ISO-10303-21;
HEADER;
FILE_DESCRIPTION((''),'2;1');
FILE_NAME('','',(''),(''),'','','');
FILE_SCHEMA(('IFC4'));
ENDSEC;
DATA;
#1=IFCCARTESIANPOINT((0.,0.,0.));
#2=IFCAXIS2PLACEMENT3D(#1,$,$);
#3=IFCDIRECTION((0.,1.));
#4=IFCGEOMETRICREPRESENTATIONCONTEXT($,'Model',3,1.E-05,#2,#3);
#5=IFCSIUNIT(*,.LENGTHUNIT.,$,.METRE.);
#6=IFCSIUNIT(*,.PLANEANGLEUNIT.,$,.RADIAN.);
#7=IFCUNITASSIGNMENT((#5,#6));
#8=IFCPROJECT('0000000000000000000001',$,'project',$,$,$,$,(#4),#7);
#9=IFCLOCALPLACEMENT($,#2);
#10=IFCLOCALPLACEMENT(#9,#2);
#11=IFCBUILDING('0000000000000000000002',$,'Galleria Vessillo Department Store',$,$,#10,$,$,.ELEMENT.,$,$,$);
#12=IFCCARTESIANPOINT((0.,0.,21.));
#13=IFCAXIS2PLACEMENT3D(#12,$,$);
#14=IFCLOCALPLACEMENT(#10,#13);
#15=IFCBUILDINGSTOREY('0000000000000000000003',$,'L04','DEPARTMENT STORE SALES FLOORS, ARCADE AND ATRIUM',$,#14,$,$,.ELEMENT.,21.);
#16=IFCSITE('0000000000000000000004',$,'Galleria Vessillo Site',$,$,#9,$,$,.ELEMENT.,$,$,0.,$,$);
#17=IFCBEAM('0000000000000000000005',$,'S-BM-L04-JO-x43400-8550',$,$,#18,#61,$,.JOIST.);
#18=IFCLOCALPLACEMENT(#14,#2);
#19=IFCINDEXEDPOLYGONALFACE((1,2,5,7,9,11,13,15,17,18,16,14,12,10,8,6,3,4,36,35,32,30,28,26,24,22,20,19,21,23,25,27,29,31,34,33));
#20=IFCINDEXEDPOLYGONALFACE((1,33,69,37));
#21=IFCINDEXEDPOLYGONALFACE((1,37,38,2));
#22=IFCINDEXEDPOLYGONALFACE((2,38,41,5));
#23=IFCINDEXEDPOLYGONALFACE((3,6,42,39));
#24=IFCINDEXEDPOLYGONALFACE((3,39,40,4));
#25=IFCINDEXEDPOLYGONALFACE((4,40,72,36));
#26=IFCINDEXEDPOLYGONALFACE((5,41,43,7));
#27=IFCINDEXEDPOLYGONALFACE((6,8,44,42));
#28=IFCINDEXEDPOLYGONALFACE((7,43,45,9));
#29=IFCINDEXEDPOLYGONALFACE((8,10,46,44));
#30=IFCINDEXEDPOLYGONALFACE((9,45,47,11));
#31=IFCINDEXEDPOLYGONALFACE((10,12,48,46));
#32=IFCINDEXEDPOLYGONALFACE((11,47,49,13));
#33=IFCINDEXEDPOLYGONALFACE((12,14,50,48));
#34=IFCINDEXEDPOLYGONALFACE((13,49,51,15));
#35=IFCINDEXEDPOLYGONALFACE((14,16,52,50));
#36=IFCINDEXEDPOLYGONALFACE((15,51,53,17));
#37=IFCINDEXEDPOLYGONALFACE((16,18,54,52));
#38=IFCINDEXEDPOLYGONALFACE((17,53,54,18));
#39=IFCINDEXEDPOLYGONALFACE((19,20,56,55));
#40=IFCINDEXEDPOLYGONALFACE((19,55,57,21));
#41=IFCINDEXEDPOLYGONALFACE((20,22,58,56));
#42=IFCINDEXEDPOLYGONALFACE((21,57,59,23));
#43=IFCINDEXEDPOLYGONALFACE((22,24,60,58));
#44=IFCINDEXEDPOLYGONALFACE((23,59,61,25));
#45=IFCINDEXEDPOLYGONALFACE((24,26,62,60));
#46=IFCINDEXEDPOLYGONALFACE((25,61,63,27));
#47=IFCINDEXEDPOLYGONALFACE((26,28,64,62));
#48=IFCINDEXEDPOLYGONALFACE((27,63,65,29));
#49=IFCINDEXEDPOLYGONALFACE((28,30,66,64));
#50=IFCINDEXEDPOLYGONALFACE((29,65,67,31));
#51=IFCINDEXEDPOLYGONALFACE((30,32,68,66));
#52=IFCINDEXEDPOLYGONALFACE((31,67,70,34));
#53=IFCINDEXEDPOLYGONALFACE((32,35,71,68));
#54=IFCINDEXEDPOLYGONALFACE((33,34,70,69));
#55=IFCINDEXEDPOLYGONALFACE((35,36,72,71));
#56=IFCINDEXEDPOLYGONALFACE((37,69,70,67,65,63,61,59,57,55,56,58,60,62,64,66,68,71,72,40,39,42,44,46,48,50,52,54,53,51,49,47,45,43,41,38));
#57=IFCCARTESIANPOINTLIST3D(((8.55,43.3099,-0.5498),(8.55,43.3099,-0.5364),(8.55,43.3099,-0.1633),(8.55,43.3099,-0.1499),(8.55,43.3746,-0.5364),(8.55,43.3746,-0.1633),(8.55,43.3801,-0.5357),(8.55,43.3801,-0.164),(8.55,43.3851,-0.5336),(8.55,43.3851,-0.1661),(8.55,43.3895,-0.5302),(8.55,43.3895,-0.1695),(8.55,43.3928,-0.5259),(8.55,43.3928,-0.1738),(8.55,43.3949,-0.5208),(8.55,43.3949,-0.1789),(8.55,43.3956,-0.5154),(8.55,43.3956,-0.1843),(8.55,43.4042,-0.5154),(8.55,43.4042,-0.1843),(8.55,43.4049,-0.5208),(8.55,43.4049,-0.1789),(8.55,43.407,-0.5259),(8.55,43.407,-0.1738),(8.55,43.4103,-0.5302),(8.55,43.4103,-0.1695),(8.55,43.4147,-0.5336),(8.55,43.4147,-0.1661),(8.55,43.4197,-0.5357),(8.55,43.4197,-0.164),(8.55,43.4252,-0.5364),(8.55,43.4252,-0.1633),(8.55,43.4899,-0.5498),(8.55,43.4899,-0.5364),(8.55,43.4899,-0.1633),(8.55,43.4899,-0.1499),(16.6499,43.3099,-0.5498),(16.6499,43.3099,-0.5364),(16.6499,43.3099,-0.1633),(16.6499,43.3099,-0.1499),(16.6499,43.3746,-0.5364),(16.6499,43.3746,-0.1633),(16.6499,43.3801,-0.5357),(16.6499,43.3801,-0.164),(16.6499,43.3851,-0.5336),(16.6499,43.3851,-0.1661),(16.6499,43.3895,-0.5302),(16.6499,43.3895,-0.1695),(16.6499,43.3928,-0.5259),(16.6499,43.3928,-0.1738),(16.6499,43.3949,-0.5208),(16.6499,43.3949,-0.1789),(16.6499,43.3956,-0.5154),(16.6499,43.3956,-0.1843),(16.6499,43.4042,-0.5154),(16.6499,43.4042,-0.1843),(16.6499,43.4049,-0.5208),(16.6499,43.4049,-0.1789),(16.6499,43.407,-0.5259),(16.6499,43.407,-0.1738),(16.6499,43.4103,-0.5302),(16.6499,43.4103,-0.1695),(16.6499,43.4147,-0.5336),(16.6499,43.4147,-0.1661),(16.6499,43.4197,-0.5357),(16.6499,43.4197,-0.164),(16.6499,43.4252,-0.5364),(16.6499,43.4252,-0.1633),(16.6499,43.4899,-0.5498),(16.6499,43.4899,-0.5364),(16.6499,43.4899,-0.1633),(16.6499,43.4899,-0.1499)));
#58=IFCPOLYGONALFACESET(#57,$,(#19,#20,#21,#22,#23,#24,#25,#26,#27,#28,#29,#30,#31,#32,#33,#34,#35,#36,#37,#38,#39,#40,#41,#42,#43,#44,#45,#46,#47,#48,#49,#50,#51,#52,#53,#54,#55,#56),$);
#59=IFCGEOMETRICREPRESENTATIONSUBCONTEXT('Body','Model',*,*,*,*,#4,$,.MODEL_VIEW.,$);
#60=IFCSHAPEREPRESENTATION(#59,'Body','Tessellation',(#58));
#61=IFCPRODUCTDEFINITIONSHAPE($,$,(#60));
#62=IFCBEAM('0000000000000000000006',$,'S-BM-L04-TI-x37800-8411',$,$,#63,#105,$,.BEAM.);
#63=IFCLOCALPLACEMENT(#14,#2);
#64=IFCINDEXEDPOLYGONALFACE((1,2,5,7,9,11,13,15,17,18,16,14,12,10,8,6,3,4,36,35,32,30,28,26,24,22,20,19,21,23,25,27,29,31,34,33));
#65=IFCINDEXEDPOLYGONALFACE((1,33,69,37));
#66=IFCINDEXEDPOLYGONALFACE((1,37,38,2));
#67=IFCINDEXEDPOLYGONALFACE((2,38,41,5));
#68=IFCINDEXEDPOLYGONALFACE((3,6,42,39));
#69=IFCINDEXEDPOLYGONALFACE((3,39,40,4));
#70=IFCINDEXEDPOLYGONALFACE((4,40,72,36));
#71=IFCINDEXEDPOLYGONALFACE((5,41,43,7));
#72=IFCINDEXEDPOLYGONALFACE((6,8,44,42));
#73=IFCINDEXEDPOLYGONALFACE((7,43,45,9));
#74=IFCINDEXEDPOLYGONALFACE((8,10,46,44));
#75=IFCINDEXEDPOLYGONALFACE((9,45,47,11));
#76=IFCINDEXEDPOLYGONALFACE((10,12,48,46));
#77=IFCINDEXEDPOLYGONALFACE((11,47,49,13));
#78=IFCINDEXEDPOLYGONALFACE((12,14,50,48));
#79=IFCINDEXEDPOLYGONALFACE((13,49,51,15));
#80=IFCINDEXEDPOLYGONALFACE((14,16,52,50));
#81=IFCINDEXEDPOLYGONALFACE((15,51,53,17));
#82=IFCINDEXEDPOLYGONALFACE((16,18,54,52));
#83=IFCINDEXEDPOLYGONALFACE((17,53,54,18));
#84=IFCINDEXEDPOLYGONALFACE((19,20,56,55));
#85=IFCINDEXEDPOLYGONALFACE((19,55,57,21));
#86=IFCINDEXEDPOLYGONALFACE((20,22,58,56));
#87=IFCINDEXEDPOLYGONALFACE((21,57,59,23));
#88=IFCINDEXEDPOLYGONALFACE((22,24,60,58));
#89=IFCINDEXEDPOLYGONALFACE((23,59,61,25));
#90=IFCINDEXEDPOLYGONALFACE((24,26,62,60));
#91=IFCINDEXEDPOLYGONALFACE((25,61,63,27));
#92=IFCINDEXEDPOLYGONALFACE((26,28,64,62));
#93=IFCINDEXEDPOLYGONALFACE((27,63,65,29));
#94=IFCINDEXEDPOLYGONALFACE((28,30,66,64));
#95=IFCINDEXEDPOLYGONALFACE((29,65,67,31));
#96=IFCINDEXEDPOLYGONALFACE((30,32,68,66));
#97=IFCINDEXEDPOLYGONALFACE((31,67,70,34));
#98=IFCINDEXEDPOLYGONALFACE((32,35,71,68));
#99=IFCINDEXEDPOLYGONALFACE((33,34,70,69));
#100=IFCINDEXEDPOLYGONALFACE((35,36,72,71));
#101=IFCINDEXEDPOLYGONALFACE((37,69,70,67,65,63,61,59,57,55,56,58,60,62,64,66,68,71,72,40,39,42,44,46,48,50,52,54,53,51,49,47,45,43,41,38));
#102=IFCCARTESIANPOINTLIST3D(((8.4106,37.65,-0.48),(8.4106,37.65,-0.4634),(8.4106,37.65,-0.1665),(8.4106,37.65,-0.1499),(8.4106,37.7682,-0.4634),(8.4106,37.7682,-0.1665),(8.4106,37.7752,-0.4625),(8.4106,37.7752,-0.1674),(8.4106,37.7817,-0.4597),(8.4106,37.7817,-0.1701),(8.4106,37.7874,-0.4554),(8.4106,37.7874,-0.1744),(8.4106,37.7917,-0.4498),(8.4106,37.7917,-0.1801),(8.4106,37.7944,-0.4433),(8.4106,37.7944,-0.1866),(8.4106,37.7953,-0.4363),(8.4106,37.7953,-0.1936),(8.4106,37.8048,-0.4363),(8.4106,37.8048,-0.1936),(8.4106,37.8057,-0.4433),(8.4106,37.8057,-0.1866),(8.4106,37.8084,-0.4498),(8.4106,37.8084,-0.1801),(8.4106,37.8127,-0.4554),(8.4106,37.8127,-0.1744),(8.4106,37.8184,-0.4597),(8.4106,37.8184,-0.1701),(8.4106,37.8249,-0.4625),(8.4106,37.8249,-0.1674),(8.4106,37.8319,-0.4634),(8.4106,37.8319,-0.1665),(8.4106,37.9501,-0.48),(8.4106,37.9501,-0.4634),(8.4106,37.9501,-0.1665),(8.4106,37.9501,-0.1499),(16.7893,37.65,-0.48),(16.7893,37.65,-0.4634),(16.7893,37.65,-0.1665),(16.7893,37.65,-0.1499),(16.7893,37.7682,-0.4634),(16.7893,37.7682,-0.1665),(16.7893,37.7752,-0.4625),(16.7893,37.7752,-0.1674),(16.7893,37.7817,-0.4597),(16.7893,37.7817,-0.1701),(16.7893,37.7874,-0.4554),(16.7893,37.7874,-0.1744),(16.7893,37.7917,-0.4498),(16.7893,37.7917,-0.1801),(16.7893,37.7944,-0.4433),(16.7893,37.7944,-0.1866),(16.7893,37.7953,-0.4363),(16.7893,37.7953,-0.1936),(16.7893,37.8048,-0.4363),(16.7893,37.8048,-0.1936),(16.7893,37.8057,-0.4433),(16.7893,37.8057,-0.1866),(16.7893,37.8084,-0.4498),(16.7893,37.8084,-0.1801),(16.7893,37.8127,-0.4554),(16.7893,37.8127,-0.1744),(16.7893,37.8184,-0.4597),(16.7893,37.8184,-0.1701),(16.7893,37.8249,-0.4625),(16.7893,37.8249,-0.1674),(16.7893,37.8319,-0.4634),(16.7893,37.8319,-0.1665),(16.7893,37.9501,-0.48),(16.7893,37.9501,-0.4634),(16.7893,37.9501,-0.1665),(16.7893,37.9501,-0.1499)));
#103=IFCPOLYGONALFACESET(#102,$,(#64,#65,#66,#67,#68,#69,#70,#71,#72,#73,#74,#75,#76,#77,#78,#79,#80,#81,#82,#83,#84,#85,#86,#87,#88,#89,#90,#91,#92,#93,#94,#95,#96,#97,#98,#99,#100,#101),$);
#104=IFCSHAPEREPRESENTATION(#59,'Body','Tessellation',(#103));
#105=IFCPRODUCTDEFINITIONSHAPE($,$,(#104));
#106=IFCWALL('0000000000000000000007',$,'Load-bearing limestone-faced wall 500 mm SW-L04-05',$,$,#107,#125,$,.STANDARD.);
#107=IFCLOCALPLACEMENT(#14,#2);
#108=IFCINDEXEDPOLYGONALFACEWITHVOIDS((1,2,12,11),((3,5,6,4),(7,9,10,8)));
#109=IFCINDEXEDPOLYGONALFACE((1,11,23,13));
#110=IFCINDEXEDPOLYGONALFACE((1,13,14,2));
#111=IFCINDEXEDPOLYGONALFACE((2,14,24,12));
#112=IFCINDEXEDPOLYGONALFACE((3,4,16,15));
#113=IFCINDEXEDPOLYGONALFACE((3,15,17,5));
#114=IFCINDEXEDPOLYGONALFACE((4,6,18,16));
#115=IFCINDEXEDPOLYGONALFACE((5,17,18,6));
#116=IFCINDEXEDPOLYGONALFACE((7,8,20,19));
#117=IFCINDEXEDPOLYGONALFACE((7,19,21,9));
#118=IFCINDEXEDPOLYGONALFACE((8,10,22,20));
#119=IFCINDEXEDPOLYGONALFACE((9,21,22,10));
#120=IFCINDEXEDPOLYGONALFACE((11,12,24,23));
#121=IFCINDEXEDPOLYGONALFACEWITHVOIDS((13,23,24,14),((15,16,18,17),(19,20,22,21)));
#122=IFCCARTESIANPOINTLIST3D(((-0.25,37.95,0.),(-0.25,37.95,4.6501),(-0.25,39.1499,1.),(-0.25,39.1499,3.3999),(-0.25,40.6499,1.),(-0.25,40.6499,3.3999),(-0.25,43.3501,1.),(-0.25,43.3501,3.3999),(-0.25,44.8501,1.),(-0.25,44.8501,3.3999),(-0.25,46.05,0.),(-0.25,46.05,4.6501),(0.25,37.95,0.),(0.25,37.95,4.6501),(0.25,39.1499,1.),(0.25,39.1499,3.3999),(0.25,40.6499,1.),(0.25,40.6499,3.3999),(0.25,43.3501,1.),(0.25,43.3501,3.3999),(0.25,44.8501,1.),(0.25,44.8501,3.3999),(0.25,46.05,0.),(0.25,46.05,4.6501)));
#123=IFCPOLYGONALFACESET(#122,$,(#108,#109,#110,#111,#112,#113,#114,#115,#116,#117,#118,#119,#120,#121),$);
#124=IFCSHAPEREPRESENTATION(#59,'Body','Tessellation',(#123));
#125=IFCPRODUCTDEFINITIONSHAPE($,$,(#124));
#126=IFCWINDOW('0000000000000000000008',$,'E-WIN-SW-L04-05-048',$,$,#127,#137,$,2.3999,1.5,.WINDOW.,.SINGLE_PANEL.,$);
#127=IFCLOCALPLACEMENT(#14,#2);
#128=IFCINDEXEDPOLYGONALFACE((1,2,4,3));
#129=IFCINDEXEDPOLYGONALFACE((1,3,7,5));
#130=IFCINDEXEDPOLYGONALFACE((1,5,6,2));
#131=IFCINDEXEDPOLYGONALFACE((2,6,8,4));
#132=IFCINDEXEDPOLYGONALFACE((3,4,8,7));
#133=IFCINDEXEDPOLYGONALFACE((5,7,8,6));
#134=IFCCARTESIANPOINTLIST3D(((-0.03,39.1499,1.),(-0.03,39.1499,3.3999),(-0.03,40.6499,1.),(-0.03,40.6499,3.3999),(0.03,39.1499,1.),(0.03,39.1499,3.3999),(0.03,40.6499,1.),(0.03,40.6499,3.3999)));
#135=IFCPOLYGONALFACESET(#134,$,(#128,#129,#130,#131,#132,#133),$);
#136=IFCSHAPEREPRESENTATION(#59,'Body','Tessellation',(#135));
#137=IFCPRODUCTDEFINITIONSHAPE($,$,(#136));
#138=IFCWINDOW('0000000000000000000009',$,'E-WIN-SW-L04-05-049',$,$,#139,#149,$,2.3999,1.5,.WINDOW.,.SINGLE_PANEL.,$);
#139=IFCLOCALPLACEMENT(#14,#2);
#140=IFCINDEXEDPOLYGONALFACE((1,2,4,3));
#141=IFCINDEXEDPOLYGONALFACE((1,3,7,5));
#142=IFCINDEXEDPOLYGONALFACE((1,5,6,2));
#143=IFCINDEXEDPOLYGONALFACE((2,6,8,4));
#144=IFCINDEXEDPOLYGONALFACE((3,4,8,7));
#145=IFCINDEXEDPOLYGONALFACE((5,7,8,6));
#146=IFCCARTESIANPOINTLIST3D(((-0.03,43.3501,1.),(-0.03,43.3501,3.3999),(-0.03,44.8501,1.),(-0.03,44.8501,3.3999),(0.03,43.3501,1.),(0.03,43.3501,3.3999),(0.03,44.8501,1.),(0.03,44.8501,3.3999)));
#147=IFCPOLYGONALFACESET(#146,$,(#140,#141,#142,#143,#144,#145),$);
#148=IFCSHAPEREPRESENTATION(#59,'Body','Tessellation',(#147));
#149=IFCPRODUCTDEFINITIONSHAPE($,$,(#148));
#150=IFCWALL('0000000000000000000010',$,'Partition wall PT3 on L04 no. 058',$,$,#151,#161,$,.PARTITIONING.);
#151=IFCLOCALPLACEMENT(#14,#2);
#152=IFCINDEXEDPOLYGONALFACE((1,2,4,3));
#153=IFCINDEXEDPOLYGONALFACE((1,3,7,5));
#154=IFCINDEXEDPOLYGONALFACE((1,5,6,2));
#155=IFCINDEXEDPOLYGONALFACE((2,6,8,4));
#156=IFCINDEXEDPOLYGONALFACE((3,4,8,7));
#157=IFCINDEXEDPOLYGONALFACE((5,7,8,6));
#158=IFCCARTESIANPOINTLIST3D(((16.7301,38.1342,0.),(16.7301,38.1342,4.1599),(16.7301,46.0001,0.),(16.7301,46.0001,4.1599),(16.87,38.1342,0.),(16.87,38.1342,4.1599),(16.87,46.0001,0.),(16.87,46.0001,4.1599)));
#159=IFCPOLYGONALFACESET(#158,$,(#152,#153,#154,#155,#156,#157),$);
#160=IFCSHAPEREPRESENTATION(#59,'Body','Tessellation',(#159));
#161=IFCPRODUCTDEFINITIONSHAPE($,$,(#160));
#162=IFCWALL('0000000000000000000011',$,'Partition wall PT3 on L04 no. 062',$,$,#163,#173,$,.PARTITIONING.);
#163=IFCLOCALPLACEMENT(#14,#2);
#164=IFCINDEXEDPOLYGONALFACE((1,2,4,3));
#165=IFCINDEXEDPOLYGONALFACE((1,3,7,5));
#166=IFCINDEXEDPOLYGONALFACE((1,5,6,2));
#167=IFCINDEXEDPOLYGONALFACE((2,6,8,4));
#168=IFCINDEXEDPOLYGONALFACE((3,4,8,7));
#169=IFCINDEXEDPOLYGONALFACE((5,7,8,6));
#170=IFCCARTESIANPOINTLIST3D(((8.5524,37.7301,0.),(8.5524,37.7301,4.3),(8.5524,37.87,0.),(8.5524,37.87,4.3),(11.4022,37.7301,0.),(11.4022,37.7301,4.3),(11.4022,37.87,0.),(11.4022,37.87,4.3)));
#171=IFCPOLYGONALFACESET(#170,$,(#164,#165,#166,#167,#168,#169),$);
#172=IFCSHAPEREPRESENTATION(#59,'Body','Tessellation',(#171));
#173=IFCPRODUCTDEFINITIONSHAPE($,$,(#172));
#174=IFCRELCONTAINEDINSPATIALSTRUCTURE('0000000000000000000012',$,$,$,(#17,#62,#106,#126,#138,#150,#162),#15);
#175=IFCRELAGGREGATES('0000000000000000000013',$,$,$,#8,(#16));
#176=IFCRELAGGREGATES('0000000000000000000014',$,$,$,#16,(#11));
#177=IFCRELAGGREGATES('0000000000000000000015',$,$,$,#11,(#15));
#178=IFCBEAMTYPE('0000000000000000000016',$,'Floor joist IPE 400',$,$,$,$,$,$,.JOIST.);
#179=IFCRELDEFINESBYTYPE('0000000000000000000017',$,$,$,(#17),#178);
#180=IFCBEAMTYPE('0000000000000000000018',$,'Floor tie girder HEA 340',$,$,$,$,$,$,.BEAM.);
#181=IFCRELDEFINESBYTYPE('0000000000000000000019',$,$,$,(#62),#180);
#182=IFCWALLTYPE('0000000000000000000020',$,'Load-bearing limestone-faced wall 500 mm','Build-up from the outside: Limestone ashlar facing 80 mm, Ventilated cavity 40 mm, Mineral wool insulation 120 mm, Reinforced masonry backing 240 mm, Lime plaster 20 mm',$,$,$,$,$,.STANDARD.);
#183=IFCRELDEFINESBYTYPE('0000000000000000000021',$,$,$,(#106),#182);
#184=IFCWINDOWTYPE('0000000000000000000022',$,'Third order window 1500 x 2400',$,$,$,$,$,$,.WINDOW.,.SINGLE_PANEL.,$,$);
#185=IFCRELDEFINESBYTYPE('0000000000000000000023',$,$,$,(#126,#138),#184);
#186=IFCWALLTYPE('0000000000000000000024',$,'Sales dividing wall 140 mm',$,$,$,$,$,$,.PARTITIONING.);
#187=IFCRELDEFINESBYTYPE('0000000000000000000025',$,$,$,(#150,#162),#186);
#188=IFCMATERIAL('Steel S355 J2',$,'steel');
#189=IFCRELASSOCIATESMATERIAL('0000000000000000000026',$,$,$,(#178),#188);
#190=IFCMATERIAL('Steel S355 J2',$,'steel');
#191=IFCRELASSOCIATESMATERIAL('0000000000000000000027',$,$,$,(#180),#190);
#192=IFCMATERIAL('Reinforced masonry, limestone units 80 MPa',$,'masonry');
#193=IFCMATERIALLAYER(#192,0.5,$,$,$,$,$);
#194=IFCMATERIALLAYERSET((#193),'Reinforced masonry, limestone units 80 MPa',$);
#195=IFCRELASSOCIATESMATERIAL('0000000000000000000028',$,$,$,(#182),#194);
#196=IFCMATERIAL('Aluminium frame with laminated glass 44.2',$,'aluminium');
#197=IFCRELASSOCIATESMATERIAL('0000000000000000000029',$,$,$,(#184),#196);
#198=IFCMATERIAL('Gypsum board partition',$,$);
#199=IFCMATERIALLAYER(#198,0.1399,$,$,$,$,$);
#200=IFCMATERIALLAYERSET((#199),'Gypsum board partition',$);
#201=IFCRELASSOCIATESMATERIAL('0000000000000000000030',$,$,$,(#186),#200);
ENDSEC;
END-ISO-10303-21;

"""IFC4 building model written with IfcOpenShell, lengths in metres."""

from ifc_helpers import new_model, si_unit, direction, frame, frame_2d, origin, origin_2d, place, context, subcontext, project, spatial, rectangle, i_section, extrude, material, layer, layer_set, material_profile, profile_set, type_object, element, fill, save


model = new_model("IFC4")

# Units and contexts
model_context = context("Model", 3, precision=1e-05, world=origin(), true_north=direction((0.0, 1.0)))
body_context = subcontext(model_context, "Body", "Model", "MODEL_VIEW")
ifc_project = project(units=[si_unit("LENGTHUNIT", "METRE"), si_unit("PLANEANGLEUNIT", "RADIAN")], contexts=[model_context])

# Site, building, storey
site_placement = place(None, origin())
site = spatial("IfcSite", under=ifc_project, at=site_placement, Name="Galleria Vessillo Site", CompositionType="ELEMENT", RefElevation=0.0)
building_placement = place(site_placement, origin())
building = spatial("IfcBuilding", under=site, at=building_placement, Name="Galleria Vessillo Department Store", CompositionType="ELEMENT")
storey_placement = place(building_placement, frame((0.0, 0.0, 21.0)))
storey = spatial("IfcBuildingStorey", under=building, at=storey_placement, Name="L04", Description="DEPARTMENT STORE SALES FLOORS, ARCADE AND ATRIUM", CompositionType="ELEMENT", Elevation=21.0)

# Beams
ifc_material_1 = material(Name="Steel S355 J2", Category="steel")
ifc_material_profile_1 = material_profile(ifc_material_1, i_section(OverallWidth=0.1799, OverallDepth=0.3999, WebThickness=0.0085, FlangeThickness=0.0134, FilletRadius=0.021, at=origin_2d()), Name="IPE 400")
ifc_profile_set_1 = profile_set([ifc_material_profile_1], Name="Steel S355 J2")
beam_type_1 = type_object("IfcBeamType", Name="Floor joist IPE 400", PredefinedType="JOIST", material=ifc_profile_set_1)
for number, where, z_axis, x_axis, name in (
    (1, (8.55, 43.3999, -0.3499), (1.0, 0.0, 0.0), (0.0, 1.0, 0.0), "S-BM-L04-JO-x43400-8550"),
):
    element("IfcBeam", number, at=place(storey_placement, frame(where, z_axis=z_axis, x_axis=x_axis)), inside=storey, type_object=beam_type_1, Name=name, PredefinedType="JOIST", context=body_context, shape_type="SweptSolid", body=[
        extrude(i_section(OverallWidth=0.1799, OverallDepth=0.3999, WebThickness=0.0085, FlangeThickness=0.0134, FilletRadius=0.021, at=origin_2d()), origin(), (0.0, 0.0, 1.0), 8.0999),
    ])
ifc_material_2 = material(Name="Steel S355 J2", Category="steel")
ifc_material_profile_2 = material_profile(ifc_material_2, i_section(OverallWidth=0.3, OverallDepth=0.3301, WebThickness=0.0095, FlangeThickness=0.0166, FilletRadius=0.0271, at=origin_2d()), Name="HEA 340")
ifc_profile_set_2 = profile_set([ifc_material_profile_2], Name="Steel S355 J2")
beam_type_2 = type_object("IfcBeamType", Name="Floor tie girder HEA 340", PredefinedType="BEAM", material=ifc_profile_set_2)
beam_placement = place(storey_placement, frame((8.4106, 37.8, -0.3149), z_axis=(1.0, 0.0, 0.0), x_axis=(0.0, 1.0, 0.0)))
element("IfcBeam", 2, at=beam_placement, inside=storey, type_object=beam_type_2, Name="S-BM-L04-TI-x37800-8411", PredefinedType="BEAM", context=body_context, shape_type="SweptSolid", body=[
    extrude(i_section(OverallWidth=0.3, OverallDepth=0.3301, WebThickness=0.0095, FlangeThickness=0.0166, FilletRadius=0.0271, at=origin_2d()), origin(), (0.0, 0.0, 1.0), 8.3787),
])

# Wall, openings, windows
ifc_material_3 = material(Name="Reinforced masonry, limestone units 80 MPa", Category="masonry")
ifc_layer_1 = layer(ifc_material_3, 0.5)
ifc_layer_set_1 = layer_set([ifc_layer_1], Name="Reinforced masonry, limestone units 80 MPa")
wall_type_1 = type_object("IfcWallType", Name="Load-bearing limestone-faced wall 500 mm", Description="Build-up from the outside: Limestone ashlar facing 80 mm, Ventilated cavity 40 mm, Mineral wool insulation 120 mm, Reinforced masonry backing 240 mm, Lime plaster 20 mm", PredefinedType="STANDARD", material=ifc_layer_set_1)
wall_1_placement = place(storey_placement, frame((0.0, 37.95, 0.0), z_axis=(0.0, 0.0, 1.0), x_axis=(0.0, 1.0, 0.0)))
wall_1 = element("IfcWall", 3, at=wall_1_placement, inside=storey, type_object=wall_type_1, Name="Load-bearing limestone-faced wall 500 mm SW-L04-05", PredefinedType="STANDARD", context=body_context, shape_type="SweptSolid", body=[
    extrude(rectangle(XDim=8.1001, YDim=0.5, at=frame_2d((4.05, 0.0))), origin(), (0.0, 0.0, 1.0), 4.6501),
])
opening_1_placement = place(wall_1_placement, frame((1.2, 0.0, 1.0)))
opening_1 = element("IfcOpeningElement", 4, at=opening_1_placement, cuts=wall_1, PredefinedType="OPENING", context=body_context, shape_type="SweptSolid", body=[
    extrude(rectangle(XDim=1.5, YDim=2.3999, at=frame_2d((0.75, 1.2))), frame((0.0, 0.26, 0.0), z_axis=(0.0, -1.0, 0.0), x_axis=(1.0, 0.0, 0.0)), (0.0, 0.0, 1.0), 0.52),
])
opening_2_placement = place(wall_1_placement, frame((5.4001, 0.0, 1.0)))
opening_2 = element("IfcOpeningElement", 5, at=opening_2_placement, cuts=wall_1, PredefinedType="OPENING", context=body_context, shape_type="SweptSolid", body=[
    extrude(rectangle(XDim=1.5, YDim=2.3999, at=frame_2d((0.75, 1.2))), frame((0.0, 0.26, 0.0), z_axis=(0.0, -1.0, 0.0), x_axis=(1.0, 0.0, 0.0)), (0.0, 0.0, 1.0), 0.52),
])
ifc_material_4 = material(Name="Aluminium frame with laminated glass 44.2", Category="aluminium")
window_type = type_object("IfcWindowType", Name="Third order window 1500 x 2400", PartitioningType="SINGLE_PANEL", PredefinedType="WINDOW", material=ifc_material_4)
window_1_placement = place(opening_1_placement, origin())
window_1 = element("IfcWindow", 6, at=window_1_placement, inside=storey, type_object=window_type, Name="E-WIN-SW-L04-05-048", OverallHeight=2.3999, OverallWidth=1.5, PartitioningType="SINGLE_PANEL", PredefinedType="WINDOW", context=body_context, shape_type="SweptSolid", body=[
    extrude(rectangle(XDim=1.5, YDim=2.3999, at=frame_2d((0.75, 1.2))), frame((0.0, 0.03, 0.0), z_axis=(0.0, -1.0, 0.0), x_axis=(1.0, 0.0, 0.0)), (0.0, 0.0, 1.0), 0.0601),
])
fill(opening_1, window_1)
window_2_placement = place(opening_2_placement, origin())
window_2 = element("IfcWindow", 7, at=window_2_placement, inside=storey, type_object=window_type, Name="E-WIN-SW-L04-05-049", OverallHeight=2.3999, OverallWidth=1.5, PartitioningType="SINGLE_PANEL", PredefinedType="WINDOW", context=body_context, shape_type="SweptSolid", body=[
    extrude(rectangle(XDim=1.5, YDim=2.3999, at=frame_2d((0.75, 1.2))), frame((0.0, 0.03, 0.0), z_axis=(0.0, -1.0, 0.0), x_axis=(1.0, 0.0, 0.0)), (0.0, 0.0, 1.0), 0.0601),
])
fill(opening_2, window_2)

# Walls
ifc_material_5 = material(Name="Gypsum board partition")
ifc_layer_2 = layer(ifc_material_5, 0.1399)
ifc_layer_set_2 = layer_set([ifc_layer_2], Name="Gypsum board partition")
wall_type_2 = type_object("IfcWallType", Name="Sales dividing wall 140 mm", PredefinedType="PARTITIONING", material=ifc_layer_set_2)
wall_2_placement = place(storey_placement, frame((16.8, 38.134, 0.0), z_axis=(0.0, 0.0, 1.0), x_axis=(0.0, 1.0, 0.0)))
element("IfcWall", 8, at=wall_2_placement, inside=storey, type_object=wall_type_2, Name="Partition wall PT3 on L04 no. 058", PredefinedType="PARTITIONING", context=body_context, shape_type="SweptSolid", body=[
    extrude(rectangle(XDim=7.866, YDim=0.1399, at=frame_2d((3.9331, 0.0))), origin(), (0.0, 0.0, 1.0), 4.1599),
])
wall_3_placement = place(storey_placement, frame((8.5525, 37.8, 0.0), z_axis=(0.0, 0.0, 1.0), x_axis=(1.0, 0.0, 0.0)))
element("IfcWall", 9, at=wall_3_placement, inside=storey, type_object=wall_type_2, Name="Partition wall PT3 on L04 no. 062", PredefinedType="PARTITIONING", context=body_context, shape_type="SweptSolid", body=[
    extrude(rectangle(XDim=2.8499, YDim=0.1399, at=frame_2d((1.4248, 0.0))), origin(), (0.0, 0.0, 1.0), 4.3),
])

save(model, "model.ifc")
